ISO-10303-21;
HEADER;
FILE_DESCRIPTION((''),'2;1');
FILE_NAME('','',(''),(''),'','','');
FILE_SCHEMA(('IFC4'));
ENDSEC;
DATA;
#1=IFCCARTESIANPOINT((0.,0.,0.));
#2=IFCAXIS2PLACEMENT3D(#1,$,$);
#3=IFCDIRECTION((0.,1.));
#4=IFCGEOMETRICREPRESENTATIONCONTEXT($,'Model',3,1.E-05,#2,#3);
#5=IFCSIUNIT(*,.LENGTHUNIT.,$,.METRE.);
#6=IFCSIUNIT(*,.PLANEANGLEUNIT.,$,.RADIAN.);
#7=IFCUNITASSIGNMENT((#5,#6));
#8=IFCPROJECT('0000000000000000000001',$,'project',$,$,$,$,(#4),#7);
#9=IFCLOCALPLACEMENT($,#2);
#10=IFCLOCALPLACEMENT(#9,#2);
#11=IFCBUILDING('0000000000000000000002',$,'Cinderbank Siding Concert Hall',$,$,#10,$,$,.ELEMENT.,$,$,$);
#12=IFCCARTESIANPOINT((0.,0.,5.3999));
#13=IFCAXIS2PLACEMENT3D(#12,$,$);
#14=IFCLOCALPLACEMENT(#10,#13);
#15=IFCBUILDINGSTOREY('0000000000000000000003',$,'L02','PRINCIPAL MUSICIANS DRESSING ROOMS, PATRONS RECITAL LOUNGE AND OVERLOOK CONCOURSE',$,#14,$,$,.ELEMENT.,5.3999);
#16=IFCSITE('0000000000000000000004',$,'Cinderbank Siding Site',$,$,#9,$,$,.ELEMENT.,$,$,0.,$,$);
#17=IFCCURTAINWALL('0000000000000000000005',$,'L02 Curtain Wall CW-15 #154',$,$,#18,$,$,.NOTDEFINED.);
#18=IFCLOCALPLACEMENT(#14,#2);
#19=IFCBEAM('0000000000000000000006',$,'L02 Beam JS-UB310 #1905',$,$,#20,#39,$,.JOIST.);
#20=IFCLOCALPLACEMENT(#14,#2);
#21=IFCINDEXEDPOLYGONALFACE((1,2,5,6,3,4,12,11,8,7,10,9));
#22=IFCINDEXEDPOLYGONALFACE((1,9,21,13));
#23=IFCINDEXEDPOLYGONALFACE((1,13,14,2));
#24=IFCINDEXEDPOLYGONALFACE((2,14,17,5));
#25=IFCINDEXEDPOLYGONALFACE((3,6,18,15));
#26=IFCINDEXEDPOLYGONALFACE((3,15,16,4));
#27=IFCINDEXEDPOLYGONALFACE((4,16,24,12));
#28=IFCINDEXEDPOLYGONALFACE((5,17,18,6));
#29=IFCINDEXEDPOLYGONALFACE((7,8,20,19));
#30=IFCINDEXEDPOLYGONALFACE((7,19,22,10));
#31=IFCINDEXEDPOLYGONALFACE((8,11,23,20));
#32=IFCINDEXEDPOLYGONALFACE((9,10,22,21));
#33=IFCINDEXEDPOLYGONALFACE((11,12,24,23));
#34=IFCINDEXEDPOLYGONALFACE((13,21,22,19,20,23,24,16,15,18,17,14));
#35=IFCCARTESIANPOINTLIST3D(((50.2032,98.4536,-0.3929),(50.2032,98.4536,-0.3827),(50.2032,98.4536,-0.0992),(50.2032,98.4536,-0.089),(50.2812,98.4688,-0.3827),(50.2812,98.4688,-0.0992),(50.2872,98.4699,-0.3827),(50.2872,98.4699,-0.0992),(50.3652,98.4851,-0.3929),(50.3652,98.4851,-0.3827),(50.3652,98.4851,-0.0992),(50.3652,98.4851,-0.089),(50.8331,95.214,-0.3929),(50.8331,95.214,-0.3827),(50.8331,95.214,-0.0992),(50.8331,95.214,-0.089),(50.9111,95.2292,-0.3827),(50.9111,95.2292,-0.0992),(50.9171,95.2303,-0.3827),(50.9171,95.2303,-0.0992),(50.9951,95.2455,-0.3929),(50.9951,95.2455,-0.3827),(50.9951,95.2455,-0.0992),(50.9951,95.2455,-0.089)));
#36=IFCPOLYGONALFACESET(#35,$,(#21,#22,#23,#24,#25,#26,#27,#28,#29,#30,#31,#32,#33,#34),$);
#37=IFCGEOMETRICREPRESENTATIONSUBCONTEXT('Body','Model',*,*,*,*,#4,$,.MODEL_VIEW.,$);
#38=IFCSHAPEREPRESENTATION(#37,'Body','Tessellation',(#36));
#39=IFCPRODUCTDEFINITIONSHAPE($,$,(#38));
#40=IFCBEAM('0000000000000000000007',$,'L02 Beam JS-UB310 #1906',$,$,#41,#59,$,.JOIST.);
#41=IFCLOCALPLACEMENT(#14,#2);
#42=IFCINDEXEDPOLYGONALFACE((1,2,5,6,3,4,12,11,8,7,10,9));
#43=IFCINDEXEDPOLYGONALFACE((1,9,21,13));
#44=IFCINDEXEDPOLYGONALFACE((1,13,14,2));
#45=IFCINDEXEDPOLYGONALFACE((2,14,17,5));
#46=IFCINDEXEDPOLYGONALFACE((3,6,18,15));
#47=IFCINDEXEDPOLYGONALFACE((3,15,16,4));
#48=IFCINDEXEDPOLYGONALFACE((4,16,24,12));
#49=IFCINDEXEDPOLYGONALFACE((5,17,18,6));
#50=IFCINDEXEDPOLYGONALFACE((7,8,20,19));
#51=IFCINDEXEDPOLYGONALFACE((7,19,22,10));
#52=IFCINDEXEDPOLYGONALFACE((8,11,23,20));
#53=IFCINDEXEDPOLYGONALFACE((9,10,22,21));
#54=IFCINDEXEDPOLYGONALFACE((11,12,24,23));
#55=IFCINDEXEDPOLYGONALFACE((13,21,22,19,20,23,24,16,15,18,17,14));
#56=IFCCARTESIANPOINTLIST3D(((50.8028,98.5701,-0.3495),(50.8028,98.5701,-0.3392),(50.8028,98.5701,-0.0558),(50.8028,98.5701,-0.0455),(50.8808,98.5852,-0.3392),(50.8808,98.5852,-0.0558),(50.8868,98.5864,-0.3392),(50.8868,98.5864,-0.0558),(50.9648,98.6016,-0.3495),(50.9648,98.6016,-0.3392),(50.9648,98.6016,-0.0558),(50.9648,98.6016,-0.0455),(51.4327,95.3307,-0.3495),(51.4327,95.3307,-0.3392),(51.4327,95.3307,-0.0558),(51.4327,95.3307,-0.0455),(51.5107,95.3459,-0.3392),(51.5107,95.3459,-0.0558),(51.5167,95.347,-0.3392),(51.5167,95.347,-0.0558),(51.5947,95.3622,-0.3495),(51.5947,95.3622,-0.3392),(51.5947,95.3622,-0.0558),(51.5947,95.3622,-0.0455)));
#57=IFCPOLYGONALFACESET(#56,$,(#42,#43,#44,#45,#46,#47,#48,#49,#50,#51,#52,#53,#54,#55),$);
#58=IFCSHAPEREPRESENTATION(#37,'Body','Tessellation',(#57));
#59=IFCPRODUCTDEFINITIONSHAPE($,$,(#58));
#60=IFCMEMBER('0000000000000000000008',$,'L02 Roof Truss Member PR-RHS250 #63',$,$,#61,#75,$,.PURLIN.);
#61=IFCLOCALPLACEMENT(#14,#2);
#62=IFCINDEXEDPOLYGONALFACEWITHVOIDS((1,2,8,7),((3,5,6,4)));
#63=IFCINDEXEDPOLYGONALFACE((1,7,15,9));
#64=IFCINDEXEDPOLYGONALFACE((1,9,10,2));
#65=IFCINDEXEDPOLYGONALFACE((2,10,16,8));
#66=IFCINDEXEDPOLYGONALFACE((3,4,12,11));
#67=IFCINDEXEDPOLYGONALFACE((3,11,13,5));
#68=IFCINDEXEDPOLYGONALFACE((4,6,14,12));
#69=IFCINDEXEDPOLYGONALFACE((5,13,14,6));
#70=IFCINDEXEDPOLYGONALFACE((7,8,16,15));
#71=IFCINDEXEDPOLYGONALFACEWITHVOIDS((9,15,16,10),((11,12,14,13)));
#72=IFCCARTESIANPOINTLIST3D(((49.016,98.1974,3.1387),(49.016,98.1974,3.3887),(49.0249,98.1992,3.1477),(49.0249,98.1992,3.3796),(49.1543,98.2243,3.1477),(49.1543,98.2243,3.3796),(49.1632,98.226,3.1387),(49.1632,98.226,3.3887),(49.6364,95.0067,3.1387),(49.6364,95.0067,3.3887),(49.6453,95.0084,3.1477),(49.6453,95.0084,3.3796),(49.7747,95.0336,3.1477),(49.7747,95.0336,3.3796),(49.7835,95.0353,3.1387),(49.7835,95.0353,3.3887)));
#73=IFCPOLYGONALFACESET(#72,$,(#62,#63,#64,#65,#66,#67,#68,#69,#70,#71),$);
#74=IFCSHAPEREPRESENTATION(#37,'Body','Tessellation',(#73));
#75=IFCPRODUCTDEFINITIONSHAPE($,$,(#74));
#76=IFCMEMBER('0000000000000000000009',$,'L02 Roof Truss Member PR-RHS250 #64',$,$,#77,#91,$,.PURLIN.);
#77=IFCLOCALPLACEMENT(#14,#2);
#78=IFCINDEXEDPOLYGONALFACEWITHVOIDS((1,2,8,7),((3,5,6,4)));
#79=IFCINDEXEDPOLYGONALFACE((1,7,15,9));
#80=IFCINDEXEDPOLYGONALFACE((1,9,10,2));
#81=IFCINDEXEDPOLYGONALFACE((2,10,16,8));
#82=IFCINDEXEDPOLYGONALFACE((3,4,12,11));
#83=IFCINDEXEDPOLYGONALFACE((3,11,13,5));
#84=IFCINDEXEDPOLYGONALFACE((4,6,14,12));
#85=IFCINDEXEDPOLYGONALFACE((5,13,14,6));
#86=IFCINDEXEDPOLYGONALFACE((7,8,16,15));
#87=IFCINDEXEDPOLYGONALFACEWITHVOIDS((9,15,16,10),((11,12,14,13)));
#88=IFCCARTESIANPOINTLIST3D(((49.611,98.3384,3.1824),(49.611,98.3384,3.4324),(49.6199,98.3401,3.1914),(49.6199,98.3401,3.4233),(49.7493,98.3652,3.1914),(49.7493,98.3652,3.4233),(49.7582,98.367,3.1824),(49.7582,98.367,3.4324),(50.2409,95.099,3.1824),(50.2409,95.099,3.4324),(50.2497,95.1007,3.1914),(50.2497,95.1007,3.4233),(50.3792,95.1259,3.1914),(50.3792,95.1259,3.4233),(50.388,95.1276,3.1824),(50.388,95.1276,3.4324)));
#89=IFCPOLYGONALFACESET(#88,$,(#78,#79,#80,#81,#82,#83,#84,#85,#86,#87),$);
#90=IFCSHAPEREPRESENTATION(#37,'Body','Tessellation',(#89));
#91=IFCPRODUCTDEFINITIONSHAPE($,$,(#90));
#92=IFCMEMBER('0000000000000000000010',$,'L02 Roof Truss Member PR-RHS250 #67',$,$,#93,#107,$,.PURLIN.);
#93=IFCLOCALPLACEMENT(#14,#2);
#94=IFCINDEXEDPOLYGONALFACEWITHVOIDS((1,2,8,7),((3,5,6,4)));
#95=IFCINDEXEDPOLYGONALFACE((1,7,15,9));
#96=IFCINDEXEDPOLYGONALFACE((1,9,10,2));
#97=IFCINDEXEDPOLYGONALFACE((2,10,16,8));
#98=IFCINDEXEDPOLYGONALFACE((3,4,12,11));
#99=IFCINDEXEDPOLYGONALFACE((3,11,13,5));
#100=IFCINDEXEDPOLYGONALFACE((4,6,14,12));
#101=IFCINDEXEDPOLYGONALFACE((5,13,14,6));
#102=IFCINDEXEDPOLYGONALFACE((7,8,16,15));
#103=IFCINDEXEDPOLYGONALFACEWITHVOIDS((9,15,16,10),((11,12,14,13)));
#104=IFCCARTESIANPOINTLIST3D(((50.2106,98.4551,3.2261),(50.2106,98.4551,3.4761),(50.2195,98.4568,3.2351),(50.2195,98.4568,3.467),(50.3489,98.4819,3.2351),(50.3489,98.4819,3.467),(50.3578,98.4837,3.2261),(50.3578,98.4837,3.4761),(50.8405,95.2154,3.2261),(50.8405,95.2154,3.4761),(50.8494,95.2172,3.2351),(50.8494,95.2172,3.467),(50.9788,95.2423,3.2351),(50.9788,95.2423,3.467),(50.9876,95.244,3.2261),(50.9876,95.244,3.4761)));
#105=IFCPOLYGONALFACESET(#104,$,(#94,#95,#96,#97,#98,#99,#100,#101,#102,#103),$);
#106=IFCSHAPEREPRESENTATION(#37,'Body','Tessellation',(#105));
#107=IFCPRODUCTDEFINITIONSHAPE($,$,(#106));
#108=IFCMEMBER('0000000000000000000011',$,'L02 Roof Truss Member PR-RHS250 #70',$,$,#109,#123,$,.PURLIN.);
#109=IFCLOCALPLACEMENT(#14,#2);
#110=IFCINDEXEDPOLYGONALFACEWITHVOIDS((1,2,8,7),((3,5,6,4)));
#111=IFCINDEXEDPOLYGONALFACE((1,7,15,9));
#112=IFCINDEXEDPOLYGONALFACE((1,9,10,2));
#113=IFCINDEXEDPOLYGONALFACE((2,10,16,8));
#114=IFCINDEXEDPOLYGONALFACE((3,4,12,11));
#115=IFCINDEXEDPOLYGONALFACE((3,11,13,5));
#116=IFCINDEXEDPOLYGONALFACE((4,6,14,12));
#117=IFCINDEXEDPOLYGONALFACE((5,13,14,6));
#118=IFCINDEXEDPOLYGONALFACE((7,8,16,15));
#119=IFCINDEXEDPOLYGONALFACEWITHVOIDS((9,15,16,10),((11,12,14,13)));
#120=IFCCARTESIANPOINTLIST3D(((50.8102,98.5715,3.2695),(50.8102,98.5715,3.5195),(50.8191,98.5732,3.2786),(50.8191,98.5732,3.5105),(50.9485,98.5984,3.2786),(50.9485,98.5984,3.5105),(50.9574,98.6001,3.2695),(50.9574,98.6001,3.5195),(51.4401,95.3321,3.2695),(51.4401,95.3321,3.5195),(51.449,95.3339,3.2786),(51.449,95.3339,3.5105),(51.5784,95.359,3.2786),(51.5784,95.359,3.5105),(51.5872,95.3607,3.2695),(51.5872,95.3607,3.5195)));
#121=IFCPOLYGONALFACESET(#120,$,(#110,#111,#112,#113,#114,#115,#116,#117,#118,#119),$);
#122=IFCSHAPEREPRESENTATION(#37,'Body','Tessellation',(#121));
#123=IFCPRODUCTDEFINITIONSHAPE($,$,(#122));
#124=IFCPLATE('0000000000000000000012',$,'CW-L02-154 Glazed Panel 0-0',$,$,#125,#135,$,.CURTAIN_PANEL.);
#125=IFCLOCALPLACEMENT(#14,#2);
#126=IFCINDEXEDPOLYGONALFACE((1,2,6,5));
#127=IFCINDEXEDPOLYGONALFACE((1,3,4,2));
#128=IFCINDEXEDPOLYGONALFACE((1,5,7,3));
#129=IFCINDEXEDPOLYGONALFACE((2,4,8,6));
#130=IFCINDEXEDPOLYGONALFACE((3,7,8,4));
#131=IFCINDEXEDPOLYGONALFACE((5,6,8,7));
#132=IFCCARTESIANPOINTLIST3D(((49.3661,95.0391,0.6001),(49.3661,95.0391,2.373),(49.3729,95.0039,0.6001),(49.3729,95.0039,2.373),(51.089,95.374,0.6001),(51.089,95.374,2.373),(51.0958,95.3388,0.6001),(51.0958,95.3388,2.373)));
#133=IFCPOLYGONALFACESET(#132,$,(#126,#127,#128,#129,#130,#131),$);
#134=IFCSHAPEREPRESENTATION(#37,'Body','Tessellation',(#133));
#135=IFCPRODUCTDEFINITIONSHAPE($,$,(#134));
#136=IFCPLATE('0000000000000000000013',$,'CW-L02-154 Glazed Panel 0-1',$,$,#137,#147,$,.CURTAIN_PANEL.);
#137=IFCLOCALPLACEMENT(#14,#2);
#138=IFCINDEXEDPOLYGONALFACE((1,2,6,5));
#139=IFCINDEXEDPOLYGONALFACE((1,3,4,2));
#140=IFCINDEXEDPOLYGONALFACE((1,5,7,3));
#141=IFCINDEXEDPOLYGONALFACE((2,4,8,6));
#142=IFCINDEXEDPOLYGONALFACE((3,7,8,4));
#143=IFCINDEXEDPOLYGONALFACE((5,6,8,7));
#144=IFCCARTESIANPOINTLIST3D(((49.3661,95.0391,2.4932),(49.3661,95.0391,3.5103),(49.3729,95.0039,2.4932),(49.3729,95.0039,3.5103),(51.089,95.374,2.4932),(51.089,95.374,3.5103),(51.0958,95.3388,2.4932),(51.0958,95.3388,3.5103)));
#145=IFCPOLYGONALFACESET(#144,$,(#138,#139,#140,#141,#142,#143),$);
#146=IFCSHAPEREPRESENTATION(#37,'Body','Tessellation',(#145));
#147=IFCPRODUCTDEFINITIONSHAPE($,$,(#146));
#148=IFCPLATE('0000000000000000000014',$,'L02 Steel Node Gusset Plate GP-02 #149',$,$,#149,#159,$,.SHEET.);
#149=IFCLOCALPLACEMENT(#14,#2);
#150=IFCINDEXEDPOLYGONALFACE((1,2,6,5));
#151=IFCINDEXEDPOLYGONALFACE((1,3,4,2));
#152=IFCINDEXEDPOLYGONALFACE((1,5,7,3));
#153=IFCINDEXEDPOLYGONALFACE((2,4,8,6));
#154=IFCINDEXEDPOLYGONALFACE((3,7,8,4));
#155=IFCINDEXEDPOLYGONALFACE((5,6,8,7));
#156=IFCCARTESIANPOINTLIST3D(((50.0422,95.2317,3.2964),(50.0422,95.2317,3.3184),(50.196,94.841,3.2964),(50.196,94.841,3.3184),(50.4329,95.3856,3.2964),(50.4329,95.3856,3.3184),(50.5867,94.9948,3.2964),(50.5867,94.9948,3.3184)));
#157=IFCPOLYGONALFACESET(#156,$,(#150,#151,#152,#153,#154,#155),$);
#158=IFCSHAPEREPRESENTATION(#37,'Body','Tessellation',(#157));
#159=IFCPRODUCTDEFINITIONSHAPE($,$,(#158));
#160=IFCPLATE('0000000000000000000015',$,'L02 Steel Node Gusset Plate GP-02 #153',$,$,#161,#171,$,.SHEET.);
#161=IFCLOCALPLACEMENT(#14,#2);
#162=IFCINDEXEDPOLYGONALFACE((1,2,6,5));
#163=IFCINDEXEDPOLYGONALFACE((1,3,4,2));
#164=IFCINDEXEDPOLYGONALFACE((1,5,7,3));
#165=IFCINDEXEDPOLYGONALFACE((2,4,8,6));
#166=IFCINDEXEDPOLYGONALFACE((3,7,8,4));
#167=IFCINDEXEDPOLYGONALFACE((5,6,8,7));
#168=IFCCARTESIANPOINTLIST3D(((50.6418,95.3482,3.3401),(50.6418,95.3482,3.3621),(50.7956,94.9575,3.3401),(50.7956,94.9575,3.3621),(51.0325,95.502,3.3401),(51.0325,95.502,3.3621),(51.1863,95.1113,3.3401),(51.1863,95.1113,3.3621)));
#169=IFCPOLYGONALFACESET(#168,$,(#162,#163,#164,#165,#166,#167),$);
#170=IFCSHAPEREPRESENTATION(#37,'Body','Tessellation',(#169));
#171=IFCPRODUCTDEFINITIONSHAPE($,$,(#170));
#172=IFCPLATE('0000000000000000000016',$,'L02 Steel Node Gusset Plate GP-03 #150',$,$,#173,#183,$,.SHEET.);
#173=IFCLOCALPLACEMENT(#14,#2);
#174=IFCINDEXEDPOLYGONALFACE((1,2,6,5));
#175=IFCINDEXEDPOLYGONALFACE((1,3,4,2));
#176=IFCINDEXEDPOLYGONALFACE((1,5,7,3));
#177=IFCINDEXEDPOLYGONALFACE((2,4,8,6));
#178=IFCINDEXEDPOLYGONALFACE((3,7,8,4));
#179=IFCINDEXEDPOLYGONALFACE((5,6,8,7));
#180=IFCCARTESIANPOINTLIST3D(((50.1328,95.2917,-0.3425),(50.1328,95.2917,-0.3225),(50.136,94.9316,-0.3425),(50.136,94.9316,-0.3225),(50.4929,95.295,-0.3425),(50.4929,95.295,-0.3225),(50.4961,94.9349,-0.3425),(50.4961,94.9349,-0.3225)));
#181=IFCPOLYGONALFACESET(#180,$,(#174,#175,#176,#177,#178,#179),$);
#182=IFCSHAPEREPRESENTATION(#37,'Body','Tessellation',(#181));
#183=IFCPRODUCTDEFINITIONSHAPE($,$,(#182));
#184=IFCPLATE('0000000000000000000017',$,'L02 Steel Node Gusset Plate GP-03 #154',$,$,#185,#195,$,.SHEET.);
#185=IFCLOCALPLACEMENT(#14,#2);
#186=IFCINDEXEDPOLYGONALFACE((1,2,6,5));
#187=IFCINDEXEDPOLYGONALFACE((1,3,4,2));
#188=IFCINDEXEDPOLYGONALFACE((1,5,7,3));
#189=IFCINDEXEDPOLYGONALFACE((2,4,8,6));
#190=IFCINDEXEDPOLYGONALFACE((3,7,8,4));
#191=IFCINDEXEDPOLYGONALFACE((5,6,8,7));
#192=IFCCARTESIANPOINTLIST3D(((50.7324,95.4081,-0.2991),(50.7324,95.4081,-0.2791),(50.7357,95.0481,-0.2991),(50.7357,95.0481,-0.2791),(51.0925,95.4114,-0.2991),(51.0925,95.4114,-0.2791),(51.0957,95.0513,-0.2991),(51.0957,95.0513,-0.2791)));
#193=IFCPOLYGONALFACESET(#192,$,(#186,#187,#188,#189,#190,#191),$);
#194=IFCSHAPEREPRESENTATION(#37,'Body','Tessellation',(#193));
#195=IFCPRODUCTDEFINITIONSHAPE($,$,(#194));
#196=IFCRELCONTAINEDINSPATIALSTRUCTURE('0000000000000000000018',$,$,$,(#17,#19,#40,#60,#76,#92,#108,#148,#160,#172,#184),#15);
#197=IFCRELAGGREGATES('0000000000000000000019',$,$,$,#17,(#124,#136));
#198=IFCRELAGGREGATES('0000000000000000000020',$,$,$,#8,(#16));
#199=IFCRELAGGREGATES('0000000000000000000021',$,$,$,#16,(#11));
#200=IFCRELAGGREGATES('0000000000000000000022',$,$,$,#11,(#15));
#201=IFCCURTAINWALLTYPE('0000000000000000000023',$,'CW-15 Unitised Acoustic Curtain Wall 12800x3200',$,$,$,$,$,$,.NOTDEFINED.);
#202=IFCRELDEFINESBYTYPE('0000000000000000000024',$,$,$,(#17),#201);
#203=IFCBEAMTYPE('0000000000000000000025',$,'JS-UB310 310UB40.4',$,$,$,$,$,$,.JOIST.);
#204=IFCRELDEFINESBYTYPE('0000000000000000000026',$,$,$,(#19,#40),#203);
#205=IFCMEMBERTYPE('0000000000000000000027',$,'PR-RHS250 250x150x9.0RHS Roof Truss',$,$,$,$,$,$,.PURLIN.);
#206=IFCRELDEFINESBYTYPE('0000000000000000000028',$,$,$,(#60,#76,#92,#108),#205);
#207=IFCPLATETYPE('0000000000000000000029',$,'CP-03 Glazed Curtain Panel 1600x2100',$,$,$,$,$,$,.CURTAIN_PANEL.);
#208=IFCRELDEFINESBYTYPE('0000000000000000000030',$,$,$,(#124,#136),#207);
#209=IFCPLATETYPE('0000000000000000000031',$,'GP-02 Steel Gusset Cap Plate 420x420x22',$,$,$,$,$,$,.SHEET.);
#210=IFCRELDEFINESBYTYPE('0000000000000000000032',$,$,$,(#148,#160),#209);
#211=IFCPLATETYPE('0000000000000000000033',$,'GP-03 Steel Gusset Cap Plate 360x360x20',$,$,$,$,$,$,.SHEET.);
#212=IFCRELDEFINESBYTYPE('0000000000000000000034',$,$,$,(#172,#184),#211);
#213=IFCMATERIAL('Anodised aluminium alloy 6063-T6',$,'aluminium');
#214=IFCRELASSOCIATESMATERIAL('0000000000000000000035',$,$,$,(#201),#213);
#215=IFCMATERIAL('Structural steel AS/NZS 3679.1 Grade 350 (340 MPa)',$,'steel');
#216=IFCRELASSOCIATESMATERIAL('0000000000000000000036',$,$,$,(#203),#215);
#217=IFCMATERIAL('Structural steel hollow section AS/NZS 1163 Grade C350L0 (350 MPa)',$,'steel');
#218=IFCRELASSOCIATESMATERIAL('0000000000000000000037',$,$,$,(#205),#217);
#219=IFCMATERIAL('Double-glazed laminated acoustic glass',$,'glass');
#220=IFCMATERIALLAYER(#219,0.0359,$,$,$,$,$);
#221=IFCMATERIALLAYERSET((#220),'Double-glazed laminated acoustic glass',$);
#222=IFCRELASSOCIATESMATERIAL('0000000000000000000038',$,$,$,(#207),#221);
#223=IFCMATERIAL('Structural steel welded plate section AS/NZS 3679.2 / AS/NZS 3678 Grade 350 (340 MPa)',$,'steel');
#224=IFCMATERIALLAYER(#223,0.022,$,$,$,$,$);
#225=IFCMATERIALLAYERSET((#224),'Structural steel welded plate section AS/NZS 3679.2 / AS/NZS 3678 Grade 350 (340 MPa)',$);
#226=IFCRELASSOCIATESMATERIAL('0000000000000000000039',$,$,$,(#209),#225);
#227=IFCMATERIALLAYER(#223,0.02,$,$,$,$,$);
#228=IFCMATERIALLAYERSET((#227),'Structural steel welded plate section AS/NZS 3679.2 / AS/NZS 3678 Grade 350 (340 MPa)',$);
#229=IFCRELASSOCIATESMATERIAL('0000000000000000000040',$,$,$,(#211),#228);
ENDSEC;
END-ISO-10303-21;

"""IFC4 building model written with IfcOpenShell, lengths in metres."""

from ifc_helpers import new_model, si_unit, direction, frame, origin, origin_2d, place, context, subcontext, project, spatial, rectangle, hollow_rectangle, i_section, extrude, material, layer, layer_set, material_profile, profile_set, type_object, element, aggregate, save


model = new_model("IFC4")

# Units and contexts
model_context = context("Model", 3, precision=1e-05, world=origin(), true_north=direction((0.0, 1.0)))
body_context = subcontext(model_context, "Body", "Model", "MODEL_VIEW")
ifc_project = project(units=[si_unit("LENGTHUNIT", "METRE"), si_unit("PLANEANGLEUNIT", "RADIAN")], contexts=[model_context])

# Site, building, storey
site_placement = place(None, origin())
site = spatial("IfcSite", under=ifc_project, at=site_placement, Name="Cinderbank Siding Site", CompositionType="ELEMENT", RefElevation=0.0)
building_placement = place(site_placement, origin())
building = spatial("IfcBuilding", under=site, at=building_placement, Name="Cinderbank Siding Concert Hall", CompositionType="ELEMENT")
storey_placement = place(building_placement, frame((0.0, 0.0, 5.3999)))
storey = spatial("IfcBuildingStorey", under=building, at=storey_placement, Name="L02", Description="PRINCIPAL MUSICIANS DRESSING ROOMS, PATRONS RECITAL LOUNGE AND OVERLOOK CONCOURSE", CompositionType="ELEMENT", Elevation=5.3999)

# Shared definitions
ifc_material_1 = material(Name="Structural steel hollow section AS/NZS 1163 Grade C350L0 (350 MPa)", Category="steel")

# Curtain wall
ifc_material_2 = material(Name="Anodised aluminium alloy 6063-T6", Category="aluminium")
curtain_wall_type = type_object("IfcCurtainWallType", Name="CW-15 Unitised Acoustic Curtain Wall 12800x3200", PredefinedType="NOTDEFINED", material=ifc_material_2)
curtain_wall_placement = place(storey_placement, origin())
curtain_wall = element("IfcCurtainWall", 1, at=curtain_wall_placement, inside=storey, type_object=curtain_wall_type, Name="L02 Curtain Wall CW-15 #154", PredefinedType="NOTDEFINED")

# Beams
ifc_material_3 = material(Name="Structural steel AS/NZS 3679.1 Grade 350 (340 MPa)", Category="steel")
ifc_material_profile_1 = material_profile(ifc_material_3, i_section(OverallWidth=0.165, OverallDepth=0.304, WebThickness=0.0061, FlangeThickness=0.0103, at=origin_2d()), Name="310UB40.4", Category="LoadBearing")
ifc_profile_set_1 = profile_set([ifc_material_profile_1], Name="Structural steel AS/NZS 3679.1 Grade 350 (340 MPa)")
beam_type = type_object("IfcBeamType", Name="JS-UB310 310UB40.4", PredefinedType="JOIST", material=ifc_profile_set_1)
beam_1_placement = place(storey_placement, frame((50.9141, 95.2297, -0.241), z_axis=(-0.19085, 0.981619, 0.0), x_axis=(-0.981619, -0.19085, 0.0)))
element("IfcBeam", 2, at=beam_1_placement, inside=storey, type_object=beam_type, Name="L02 Beam JS-UB310 #1905", PredefinedType="JOIST", context=body_context, shape_type="SweptSolid", body=[
    extrude(i_section(OverallWidth=0.165, OverallDepth=0.304, WebThickness=0.0061, FlangeThickness=0.0103, at=origin_2d()), origin(), (0.0, 0.0, 1.0), 3.3003),
])
beam_2_placement = place(storey_placement, frame((51.5137, 95.3464, -0.1975), z_axis=(-0.190864, 0.981617, 0.0), x_axis=(-0.981617, -0.190864, 0.0)))
element("IfcBeam", 3, at=beam_2_placement, inside=storey, type_object=beam_type, Name="L02 Beam JS-UB310 #1906", PredefinedType="JOIST", context=body_context, shape_type="SweptSolid", body=[
    extrude(i_section(OverallWidth=0.165, OverallDepth=0.304, WebThickness=0.0061, FlangeThickness=0.0103, at=origin_2d()), origin(), (0.0, 0.0, 1.0), 3.3),
])

# Members
ifc_material_profile_2 = material_profile(ifc_material_1, hollow_rectangle(XDim=0.1499, YDim=0.25, WallThickness=0.009, at=origin_2d()), Name="250x150x9.0RHS", Category="LoadBearing")
ifc_profile_set_2 = profile_set([ifc_material_profile_2], Name="Structural steel hollow section AS/NZS 1163 Grade C350L0 (350 MPa)")
member_type_1 = type_object("IfcMemberType", Name="PR-RHS250 250x150x9.0RHS Roof Truss", PredefinedType="PURLIN", material=ifc_profile_set_2)
member_1_placement = place(storey_placement, frame((49.71, 95.021, 3.2637), z_axis=(-0.190856, 0.981618, 0.0), x_axis=(-0.981618, -0.190856, 0.0)))
element("IfcMember", 4, at=member_1_placement, inside=storey, type_object=member_type_1, Name="L02 Roof Truss Member PR-RHS250 #63", PredefinedType="PURLIN", context=body_context, shape_type="SweptSolid", body=[
    extrude(hollow_rectangle(XDim=0.1499, YDim=0.25, WallThickness=0.009, at=origin_2d()), origin(), (0.0, 0.0, 1.0), 3.2505),
])
member_2_placement = place(storey_placement, frame((50.3145, 95.1133, 3.3074), z_axis=(-0.190864, 0.981617, 0.0), x_axis=(-0.981617, -0.190864, 0.0)))
element("IfcMember", 5, at=member_2_placement, inside=storey, type_object=member_type_1, Name="L02 Roof Truss Member PR-RHS250 #64", PredefinedType="PURLIN", context=body_context, shape_type="SweptSolid", body=[
    extrude(hollow_rectangle(XDim=0.1499, YDim=0.25, WallThickness=0.009, at=origin_2d()), origin(), (0.0, 0.0, 1.0), 3.3),
])
member_3_placement = place(storey_placement, frame((50.9141, 95.2297, 3.3511), z_axis=(-0.19085, 0.981619, 0.0), x_axis=(-0.981619, -0.19085, 0.0)))
element("IfcMember", 6, at=member_3_placement, inside=storey, type_object=member_type_1, Name="L02 Roof Truss Member PR-RHS250 #67", PredefinedType="PURLIN", context=body_context, shape_type="SweptSolid", body=[
    extrude(hollow_rectangle(XDim=0.1499, YDim=0.25, WallThickness=0.009, at=origin_2d()), origin(), (0.0, 0.0, 1.0), 3.3003),
])
member_4_placement = place(storey_placement, frame((51.5137, 95.3464, 3.3945), z_axis=(-0.190864, 0.981617, 0.0), x_axis=(-0.981617, -0.190864, 0.0)))
element("IfcMember", 7, at=member_4_placement, inside=storey, type_object=member_type_1, Name="L02 Roof Truss Member PR-RHS250 #70", PredefinedType="PURLIN", context=body_context, shape_type="SweptSolid", body=[
    extrude(hollow_rectangle(XDim=0.1499, YDim=0.25, WallThickness=0.009, at=origin_2d()), origin(), (0.0, 0.0, 1.0), 3.3),
])

# Plates
ifc_material_4 = material(Name="Double-glazed laminated acoustic glass", Category="glass")
ifc_layer_1 = layer(ifc_material_4, 0.0359)
ifc_layer_set_1 = layer_set([ifc_layer_1], Name="Double-glazed laminated acoustic glass")
plate_type_1 = type_object("IfcPlateType", Name="CP-03 Glazed Curtain Panel 1600x2100", PredefinedType="CURTAIN_PANEL", material=ifc_layer_set_1)
plate_1_placement = place(storey_placement, frame((50.231, 95.189, 0.6001), z_axis=(0.0, 0.0, 1.0), x_axis=(0.981627, 0.190811, 0.0)))
plate_1 = element("IfcPlate", 8, at=plate_1_placement, type_object=plate_type_1, Name="CW-L02-154 Glazed Panel 0-0", PredefinedType="CURTAIN_PANEL", context=body_context, shape_type="SweptSolid", body=[
    extrude(rectangle(XDim=1.7551, YDim=0.0359, at=origin_2d()), origin(), (0.0, 0.0, 1.0), 1.7729),
])
plate_2_placement = place(storey_placement, frame((50.231, 95.189, 2.4932), z_axis=(0.0, 0.0, 1.0), x_axis=(0.981627, 0.190811, 0.0)))
plate_2 = element("IfcPlate", 9, at=plate_2_placement, type_object=plate_type_1, Name="CW-L02-154 Glazed Panel 0-1", PredefinedType="CURTAIN_PANEL", context=body_context, shape_type="SweptSolid", body=[
    extrude(rectangle(XDim=1.7551, YDim=0.0359, at=origin_2d()), origin(), (0.0, 0.0, 1.0), 1.0171),
])
aggregate(curtain_wall, [plate_1, plate_2])

# Plates
ifc_material_5 = material(Name="Structural steel welded plate section AS/NZS 3679.2 / AS/NZS 3678 Grade 350 (340 MPa)", Category="steel")
ifc_layer_2 = layer(ifc_material_5, 0.022)
ifc_layer_set_2 = layer_set([ifc_layer_2], Name="Structural steel welded plate section AS/NZS 3679.2 / AS/NZS 3678 Grade 350 (340 MPa)")
plate_type_2 = type_object("IfcPlateType", Name="GP-02 Steel Gusset Cap Plate 420x420x22", PredefinedType="SHEET", material=ifc_layer_set_2)
for number, where, z_axis, x_axis, name in (
    (10, (50.3145, 95.1133, 3.2964), (0.0, 0.0, 1.0), (0.366339, -0.930482, 0.0), "L02 Steel Node Gusset Plate GP-02 #149"),
    (11, (50.9141, 95.2297, 3.3401), (0.0, 0.0, 1.0), (0.366339, -0.930482, 0.0), "L02 Steel Node Gusset Plate GP-02 #153"),
):
    element("IfcPlate", number, at=place(storey_placement, frame(where, z_axis=z_axis, x_axis=x_axis)), inside=storey, type_object=plate_type_2, Name=name, PredefinedType="SHEET", context=body_context, shape_type="SweptSolid", body=[
        extrude(rectangle(XDim=0.4199, YDim=0.4199, at=origin_2d()), origin(), (0.0, 0.0, 1.0), 0.022),
    ])
ifc_layer_3 = layer(ifc_material_5, 0.02)
ifc_layer_set_3 = layer_set([ifc_layer_3], Name="Structural steel welded plate section AS/NZS 3679.2 / AS/NZS 3678 Grade 350 (340 MPa)")
plate_type_3 = type_object("IfcPlateType", Name="GP-03 Steel Gusset Cap Plate 360x360x20", PredefinedType="SHEET", material=ifc_layer_set_3)
for number, where, z_axis, x_axis, name in (
    (12, (50.3145, 95.1133, -0.3425), (0.0, 0.0, 1.0), (-0.009076, 0.999959, 0.0), "L02 Steel Node Gusset Plate GP-03 #150"),
    (13, (50.9141, 95.2297, -0.2991), (0.0, 0.0, 1.0), (-0.009076, 0.999959, 0.0), "L02 Steel Node Gusset Plate GP-03 #154"),
):
    element("IfcPlate", number, at=place(storey_placement, frame(where, z_axis=z_axis, x_axis=x_axis)), inside=storey, type_object=plate_type_3, Name=name, PredefinedType="SHEET", context=body_context, shape_type="SweptSolid", body=[
        extrude(rectangle(XDim=0.3601, YDim=0.3601, at=origin_2d()), origin(), (0.0, 0.0, 1.0), 0.02),
    ])

save(model, "model.ifc")
